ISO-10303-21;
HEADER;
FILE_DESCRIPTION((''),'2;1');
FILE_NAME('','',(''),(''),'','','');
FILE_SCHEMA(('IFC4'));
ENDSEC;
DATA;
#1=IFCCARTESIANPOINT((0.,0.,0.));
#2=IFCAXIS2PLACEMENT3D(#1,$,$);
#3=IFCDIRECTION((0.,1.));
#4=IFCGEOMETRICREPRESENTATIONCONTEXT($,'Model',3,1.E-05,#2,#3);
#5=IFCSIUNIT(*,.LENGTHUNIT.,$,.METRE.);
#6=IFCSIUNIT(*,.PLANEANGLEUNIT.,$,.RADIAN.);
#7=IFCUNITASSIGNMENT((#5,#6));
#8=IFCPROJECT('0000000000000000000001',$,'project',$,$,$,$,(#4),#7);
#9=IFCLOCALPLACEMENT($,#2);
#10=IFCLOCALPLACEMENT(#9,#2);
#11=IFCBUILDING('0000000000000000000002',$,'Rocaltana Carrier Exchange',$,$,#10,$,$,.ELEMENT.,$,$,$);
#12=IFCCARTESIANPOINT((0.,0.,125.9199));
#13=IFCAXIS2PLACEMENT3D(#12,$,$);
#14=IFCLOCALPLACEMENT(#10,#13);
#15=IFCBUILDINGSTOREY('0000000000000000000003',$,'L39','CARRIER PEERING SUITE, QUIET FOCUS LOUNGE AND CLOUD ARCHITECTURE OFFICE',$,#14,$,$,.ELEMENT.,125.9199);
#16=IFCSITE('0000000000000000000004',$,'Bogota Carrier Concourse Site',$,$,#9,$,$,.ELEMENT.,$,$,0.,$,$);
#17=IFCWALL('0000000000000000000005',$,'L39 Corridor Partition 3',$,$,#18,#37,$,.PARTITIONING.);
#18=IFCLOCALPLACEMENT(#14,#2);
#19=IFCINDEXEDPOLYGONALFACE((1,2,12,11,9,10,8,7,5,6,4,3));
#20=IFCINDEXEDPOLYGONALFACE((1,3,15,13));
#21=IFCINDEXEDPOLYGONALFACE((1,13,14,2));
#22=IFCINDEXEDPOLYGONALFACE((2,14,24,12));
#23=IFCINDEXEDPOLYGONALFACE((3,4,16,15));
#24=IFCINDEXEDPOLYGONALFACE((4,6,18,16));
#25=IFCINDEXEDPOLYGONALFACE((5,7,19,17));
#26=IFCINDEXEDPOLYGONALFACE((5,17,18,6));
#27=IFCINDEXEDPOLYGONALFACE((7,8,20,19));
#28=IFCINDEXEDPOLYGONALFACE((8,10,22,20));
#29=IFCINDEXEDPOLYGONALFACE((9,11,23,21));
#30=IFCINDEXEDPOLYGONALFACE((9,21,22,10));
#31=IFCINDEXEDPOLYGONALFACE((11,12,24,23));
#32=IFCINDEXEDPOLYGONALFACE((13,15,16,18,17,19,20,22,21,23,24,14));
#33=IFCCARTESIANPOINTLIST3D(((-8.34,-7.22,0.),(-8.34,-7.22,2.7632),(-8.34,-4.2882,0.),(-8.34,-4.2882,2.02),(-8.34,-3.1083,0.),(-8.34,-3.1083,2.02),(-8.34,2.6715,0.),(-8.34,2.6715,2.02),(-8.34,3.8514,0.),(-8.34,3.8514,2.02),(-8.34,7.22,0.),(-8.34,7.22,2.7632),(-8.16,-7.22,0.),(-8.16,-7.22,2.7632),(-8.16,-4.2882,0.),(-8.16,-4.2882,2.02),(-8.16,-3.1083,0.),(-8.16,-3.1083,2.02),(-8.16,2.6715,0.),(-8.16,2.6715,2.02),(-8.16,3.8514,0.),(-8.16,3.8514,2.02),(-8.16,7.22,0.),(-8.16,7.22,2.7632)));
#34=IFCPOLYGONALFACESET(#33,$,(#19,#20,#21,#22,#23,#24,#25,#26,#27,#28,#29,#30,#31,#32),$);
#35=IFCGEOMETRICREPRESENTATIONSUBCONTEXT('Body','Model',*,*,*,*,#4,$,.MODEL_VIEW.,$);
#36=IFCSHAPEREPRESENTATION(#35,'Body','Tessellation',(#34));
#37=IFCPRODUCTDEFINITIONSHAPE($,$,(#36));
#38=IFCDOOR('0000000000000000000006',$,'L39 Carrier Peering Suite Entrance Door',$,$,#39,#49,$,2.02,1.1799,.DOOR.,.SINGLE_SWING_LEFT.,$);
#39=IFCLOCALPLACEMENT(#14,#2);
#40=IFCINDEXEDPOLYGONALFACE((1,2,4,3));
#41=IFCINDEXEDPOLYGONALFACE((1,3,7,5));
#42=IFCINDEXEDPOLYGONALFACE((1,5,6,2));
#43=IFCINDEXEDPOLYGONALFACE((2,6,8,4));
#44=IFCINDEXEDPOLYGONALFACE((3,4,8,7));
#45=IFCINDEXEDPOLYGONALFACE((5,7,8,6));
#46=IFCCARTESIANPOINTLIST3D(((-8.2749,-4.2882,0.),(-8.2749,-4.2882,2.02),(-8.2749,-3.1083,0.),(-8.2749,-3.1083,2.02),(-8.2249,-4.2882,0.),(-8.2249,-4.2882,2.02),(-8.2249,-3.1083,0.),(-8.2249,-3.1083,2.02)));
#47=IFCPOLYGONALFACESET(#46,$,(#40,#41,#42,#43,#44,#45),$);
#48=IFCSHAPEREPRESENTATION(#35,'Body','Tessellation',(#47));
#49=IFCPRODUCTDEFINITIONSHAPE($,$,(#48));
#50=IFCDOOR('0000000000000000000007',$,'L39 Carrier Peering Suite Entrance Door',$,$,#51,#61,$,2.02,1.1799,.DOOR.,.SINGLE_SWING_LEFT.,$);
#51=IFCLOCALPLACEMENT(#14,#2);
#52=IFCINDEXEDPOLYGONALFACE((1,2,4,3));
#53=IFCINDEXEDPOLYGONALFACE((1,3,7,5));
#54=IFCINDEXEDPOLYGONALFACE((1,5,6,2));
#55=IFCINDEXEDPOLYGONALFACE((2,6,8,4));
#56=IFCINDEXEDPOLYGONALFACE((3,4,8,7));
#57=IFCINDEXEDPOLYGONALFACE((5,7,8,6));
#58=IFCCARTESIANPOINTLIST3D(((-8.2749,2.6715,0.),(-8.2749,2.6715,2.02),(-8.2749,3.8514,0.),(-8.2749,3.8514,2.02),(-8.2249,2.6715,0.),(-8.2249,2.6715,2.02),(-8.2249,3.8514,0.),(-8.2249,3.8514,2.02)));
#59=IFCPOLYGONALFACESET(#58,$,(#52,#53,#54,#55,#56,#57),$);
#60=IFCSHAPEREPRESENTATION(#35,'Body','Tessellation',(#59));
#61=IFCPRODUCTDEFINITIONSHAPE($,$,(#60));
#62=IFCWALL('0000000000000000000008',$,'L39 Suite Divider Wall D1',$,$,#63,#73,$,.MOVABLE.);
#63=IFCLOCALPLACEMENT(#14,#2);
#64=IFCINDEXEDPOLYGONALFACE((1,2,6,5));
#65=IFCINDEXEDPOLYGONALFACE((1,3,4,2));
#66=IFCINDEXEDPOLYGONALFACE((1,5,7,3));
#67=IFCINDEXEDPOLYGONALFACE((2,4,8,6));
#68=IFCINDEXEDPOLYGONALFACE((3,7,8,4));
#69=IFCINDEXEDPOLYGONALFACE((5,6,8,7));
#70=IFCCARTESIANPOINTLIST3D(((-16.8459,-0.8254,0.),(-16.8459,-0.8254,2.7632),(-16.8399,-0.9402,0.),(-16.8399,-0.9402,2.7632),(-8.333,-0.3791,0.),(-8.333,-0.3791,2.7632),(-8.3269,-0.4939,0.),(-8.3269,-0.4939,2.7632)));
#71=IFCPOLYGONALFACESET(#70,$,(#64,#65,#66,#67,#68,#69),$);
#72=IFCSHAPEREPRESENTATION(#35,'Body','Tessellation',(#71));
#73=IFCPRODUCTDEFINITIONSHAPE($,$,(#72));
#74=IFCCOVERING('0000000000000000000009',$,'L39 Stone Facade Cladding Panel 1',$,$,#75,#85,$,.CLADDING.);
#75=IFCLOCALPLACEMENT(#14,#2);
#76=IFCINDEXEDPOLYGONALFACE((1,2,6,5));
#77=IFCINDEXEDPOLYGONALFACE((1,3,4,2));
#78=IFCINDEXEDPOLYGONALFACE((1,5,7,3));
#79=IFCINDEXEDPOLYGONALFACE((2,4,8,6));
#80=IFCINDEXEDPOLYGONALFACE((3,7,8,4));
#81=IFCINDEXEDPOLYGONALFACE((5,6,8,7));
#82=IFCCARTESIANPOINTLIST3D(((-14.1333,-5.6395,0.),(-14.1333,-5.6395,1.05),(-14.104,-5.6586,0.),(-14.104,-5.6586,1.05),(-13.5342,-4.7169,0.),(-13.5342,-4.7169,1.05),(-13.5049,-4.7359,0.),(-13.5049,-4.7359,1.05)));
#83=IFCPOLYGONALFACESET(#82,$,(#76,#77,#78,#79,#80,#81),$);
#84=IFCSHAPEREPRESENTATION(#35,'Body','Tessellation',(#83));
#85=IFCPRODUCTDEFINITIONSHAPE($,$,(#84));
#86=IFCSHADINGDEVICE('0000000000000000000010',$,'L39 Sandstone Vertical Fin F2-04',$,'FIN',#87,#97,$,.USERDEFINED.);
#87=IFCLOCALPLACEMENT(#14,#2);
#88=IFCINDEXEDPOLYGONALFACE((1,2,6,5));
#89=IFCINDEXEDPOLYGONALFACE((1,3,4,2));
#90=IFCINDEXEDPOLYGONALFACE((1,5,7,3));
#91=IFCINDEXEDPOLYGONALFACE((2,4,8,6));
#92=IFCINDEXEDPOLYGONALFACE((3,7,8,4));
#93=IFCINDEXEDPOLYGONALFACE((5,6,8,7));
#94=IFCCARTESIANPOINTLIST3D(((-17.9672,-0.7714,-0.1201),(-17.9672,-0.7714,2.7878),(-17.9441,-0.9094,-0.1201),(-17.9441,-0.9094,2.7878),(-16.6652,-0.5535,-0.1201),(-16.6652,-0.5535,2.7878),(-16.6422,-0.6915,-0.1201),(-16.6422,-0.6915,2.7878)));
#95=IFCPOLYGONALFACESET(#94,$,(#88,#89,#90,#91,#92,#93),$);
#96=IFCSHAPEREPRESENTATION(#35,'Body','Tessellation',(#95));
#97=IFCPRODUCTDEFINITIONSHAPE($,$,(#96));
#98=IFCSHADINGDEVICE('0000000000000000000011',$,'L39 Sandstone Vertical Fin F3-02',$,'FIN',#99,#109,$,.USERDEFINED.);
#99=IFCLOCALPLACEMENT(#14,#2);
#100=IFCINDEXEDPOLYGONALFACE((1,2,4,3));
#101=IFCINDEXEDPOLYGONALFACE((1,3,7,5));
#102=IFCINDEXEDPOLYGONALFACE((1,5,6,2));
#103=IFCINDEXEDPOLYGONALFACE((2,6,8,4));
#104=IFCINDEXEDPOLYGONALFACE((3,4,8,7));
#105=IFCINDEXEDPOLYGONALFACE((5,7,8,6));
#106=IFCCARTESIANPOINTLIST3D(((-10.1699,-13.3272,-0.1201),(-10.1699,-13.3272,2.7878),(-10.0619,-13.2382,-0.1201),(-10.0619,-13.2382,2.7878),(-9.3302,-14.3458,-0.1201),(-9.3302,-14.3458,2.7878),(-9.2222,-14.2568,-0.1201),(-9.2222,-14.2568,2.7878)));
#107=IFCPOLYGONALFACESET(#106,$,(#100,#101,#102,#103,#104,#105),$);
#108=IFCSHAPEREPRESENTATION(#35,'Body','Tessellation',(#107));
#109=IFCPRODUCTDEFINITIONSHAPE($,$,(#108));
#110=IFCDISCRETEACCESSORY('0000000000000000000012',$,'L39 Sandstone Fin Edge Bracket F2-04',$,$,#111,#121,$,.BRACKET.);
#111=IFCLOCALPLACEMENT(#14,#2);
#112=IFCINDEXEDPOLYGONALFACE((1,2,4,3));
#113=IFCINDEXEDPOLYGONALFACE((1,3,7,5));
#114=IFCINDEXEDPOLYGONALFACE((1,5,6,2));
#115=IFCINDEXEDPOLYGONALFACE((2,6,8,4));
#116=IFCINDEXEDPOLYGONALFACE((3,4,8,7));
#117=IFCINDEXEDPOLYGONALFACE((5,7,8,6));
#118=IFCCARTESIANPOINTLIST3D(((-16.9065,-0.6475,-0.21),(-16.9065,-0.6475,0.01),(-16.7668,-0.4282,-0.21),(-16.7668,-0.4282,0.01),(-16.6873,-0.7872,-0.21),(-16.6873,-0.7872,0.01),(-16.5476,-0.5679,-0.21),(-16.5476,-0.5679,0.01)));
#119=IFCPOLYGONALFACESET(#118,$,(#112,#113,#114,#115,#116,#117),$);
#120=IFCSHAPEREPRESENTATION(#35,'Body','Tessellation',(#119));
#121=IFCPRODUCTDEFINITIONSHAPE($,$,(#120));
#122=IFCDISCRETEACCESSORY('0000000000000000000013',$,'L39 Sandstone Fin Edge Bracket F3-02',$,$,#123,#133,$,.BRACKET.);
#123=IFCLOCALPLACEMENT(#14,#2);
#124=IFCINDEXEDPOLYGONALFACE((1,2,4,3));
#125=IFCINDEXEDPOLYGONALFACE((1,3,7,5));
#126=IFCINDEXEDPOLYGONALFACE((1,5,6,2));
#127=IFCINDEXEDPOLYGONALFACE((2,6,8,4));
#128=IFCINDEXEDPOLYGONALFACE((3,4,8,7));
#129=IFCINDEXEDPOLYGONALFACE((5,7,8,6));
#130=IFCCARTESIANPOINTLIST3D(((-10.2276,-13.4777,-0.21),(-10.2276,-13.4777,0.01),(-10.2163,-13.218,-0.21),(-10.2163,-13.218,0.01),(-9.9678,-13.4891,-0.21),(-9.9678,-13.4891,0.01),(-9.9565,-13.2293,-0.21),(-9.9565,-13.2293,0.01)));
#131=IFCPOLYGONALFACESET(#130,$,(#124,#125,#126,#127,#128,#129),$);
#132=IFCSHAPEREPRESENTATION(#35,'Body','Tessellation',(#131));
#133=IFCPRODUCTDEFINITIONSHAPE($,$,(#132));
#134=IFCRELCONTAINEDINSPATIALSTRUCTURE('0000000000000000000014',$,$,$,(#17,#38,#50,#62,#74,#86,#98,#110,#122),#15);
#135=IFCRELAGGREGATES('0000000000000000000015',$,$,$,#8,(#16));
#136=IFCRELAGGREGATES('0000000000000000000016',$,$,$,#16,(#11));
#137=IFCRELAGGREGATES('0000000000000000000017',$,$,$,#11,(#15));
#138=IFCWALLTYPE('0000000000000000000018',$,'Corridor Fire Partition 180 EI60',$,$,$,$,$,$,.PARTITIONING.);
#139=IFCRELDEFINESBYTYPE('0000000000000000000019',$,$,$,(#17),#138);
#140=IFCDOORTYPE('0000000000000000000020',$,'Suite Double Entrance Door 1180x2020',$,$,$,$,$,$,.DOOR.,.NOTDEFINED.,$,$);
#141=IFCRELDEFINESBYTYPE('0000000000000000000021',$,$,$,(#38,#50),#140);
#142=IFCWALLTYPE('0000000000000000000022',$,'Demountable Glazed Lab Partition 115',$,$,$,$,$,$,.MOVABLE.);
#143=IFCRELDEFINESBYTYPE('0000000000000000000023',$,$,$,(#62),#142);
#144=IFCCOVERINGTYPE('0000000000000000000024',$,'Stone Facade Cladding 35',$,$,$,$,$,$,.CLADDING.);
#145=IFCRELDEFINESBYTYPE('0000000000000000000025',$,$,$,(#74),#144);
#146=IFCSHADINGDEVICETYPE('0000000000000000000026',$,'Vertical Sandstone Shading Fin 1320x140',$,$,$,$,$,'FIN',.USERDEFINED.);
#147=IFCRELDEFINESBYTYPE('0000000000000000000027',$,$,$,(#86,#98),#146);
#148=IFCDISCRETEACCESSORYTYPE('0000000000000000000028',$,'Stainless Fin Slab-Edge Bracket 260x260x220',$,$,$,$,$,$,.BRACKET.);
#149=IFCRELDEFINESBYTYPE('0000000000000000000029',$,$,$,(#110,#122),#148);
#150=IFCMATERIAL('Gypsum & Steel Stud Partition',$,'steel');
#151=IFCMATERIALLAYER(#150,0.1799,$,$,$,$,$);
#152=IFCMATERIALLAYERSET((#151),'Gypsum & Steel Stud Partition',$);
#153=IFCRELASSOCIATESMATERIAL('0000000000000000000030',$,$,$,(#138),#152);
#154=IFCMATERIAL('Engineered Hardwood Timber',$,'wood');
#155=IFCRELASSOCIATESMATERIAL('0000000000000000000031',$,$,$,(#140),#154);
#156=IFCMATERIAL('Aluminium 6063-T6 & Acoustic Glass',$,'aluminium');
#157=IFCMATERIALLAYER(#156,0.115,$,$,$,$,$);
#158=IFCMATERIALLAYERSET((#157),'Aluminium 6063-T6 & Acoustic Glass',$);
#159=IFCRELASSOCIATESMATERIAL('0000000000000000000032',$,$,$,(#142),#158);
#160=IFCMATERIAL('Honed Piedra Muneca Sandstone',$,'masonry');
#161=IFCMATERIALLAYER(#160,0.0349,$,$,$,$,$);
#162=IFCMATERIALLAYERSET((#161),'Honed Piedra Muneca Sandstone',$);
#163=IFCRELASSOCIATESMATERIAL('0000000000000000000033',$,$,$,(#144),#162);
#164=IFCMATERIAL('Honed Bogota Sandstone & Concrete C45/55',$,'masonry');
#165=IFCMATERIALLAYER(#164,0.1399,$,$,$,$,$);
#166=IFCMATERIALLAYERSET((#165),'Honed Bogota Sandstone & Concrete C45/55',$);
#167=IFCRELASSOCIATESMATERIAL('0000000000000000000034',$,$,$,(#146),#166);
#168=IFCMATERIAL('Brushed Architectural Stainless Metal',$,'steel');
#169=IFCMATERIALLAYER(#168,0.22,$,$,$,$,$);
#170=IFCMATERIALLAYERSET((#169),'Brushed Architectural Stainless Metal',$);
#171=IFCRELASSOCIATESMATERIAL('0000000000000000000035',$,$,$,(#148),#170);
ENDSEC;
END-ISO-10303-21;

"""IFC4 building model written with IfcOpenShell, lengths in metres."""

from ifc_helpers import new_model, si_unit, direction, frame, frame_2d, origin, origin_2d, place, context, subcontext, project, spatial, rectangle, extrude, material, layer, layer_set, type_object, element, fill, save


model = new_model("IFC4")

# Units and contexts
model_context = context("Model", 3, precision=1e-05, world=origin(), true_north=direction((0.0, 1.0)))
body_context = subcontext(model_context, "Body", "Model", "MODEL_VIEW")
ifc_project = project(units=[si_unit("LENGTHUNIT", "METRE"), si_unit("PLANEANGLEUNIT", "RADIAN")], contexts=[model_context])

# Site, building, storey
site_placement = place(None, origin())
site = spatial("IfcSite", under=ifc_project, at=site_placement, Name="Bogota Carrier Concourse Site", CompositionType="ELEMENT", RefElevation=0.0)
building_placement = place(site_placement, origin())
building = spatial("IfcBuilding", under=site, at=building_placement, Name="Rocaltana Carrier Exchange", CompositionType="ELEMENT")
storey_placement = place(building_placement, frame((0.0, 0.0, 125.9199)))
storey = spatial("IfcBuildingStorey", under=building, at=storey_placement, Name="L39", Description="CARRIER PEERING SUITE, QUIET FOCUS LOUNGE AND CLOUD ARCHITECTURE OFFICE", CompositionType="ELEMENT", Elevation=125.9199)

# Shared definitions
ifc_material_1 = material(Name="Gypsum & Steel Stud Partition", Category="steel")
ifc_layer_1 = layer(ifc_material_1, 0.1799)
ifc_layer_set_1 = layer_set([ifc_layer_1], Name="Gypsum & Steel Stud Partition")
wall_type_1 = type_object("IfcWallType", Name="Corridor Fire Partition 180 EI60", PredefinedType="PARTITIONING", material=ifc_layer_set_1)

# Wall, openings, doors
wall_1_placement = place(storey_placement, frame((-8.25, -7.22, 0.0), z_axis=(0.0, 0.0, 1.0), x_axis=(0.0, 1.0, 0.0)))
wall_1 = element("IfcWall", 1, at=wall_1_placement, inside=storey, type_object=wall_type_1, Name="L39 Corridor Partition 3", PredefinedType="PARTITIONING", context=body_context, shape_type="SweptSolid", body=[
    extrude(rectangle(XDim=14.4399, YDim=0.1799, at=frame_2d((7.22, 0.0))), origin(), (0.0, 0.0, 1.0), 2.7632),
])
opening_1_placement = place(wall_1_placement, frame((2.9319, 0.0, 0.0)))
opening_1 = element("IfcOpeningElement", 2, at=opening_1_placement, cuts=wall_1, PredefinedType="OPENING", context=body_context, shape_type="SweptSolid", body=[
    extrude(rectangle(XDim=1.1799, YDim=2.02, at=frame_2d((0.5898, 1.01))), frame((0.0, 0.0999, 0.0), z_axis=(0.0, -1.0, 0.0), x_axis=(1.0, 0.0, 0.0)), (0.0, 0.0, 1.0), 0.2),
])
opening_2_placement = place(wall_1_placement, frame((9.8916, 0.0, 0.0)))
opening_2 = element("IfcOpeningElement", 3, at=opening_2_placement, cuts=wall_1, PredefinedType="OPENING", context=body_context, shape_type="SweptSolid", body=[
    extrude(rectangle(XDim=1.1799, YDim=2.02, at=frame_2d((0.5898, 1.01))), frame((0.0, 0.0999, 0.0), z_axis=(0.0, -1.0, 0.0), x_axis=(1.0, 0.0, 0.0)), (0.0, 0.0, 1.0), 0.2),
])
ifc_material_2 = material(Name="Engineered Hardwood Timber", Category="wood")
door_type = type_object("IfcDoorType", Name="Suite Double Entrance Door 1180x2020", OperationType="NOTDEFINED", PredefinedType="DOOR", material=ifc_material_2)
door_1_placement = place(opening_1_placement, origin())
door_1 = element("IfcDoor", 4, at=door_1_placement, inside=storey, type_object=door_type, Name="L39 Carrier Peering Suite Entrance Door", OperationType="SINGLE_SWING_LEFT", OverallHeight=2.02, OverallWidth=1.1799, PredefinedType="DOOR", context=body_context, shape_type="SweptSolid", body=[
    extrude(rectangle(XDim=1.1799, YDim=2.02, at=frame_2d((0.5898, 1.01))), frame((0.0, 0.0249, 0.0), z_axis=(0.0, -1.0, 0.0), x_axis=(1.0, 0.0, 0.0)), (0.0, 0.0, 1.0), 0.05),
])
fill(opening_1, door_1)
door_2_placement = place(opening_2_placement, origin())
door_2 = element("IfcDoor", 5, at=door_2_placement, inside=storey, type_object=door_type, Name="L39 Carrier Peering Suite Entrance Door", OperationType="SINGLE_SWING_LEFT", OverallHeight=2.02, OverallWidth=1.1799, PredefinedType="DOOR", context=body_context, shape_type="SweptSolid", body=[
    extrude(rectangle(XDim=1.1799, YDim=2.02, at=frame_2d((0.5898, 1.01))), frame((0.0, 0.0249, 0.0), z_axis=(0.0, -1.0, 0.0), x_axis=(1.0, 0.0, 0.0)), (0.0, 0.0, 1.0), 0.05),
])
fill(opening_2, door_2)

# Wall
ifc_material_3 = material(Name="Aluminium 6063-T6 & Acoustic Glass", Category="aluminium")
ifc_layer_2 = layer(ifc_material_3, 0.115)
ifc_layer_set_2 = layer_set([ifc_layer_2], Name="Aluminium 6063-T6 & Acoustic Glass")
wall_type_2 = type_object("IfcWallType", Name="Demountable Glazed Lab Partition 115", PredefinedType="MOVABLE", material=ifc_layer_set_2)
wall_2_placement = place(storey_placement, frame((-8.3301, -0.4365, 0.0), z_axis=(0.0, 0.0, 1.0), x_axis=(-0.998629, -0.052353, 0.0)))
element("IfcWall", 6, at=wall_2_placement, inside=storey, type_object=wall_type_2, Name="L39 Suite Divider Wall D1", PredefinedType="MOVABLE", context=body_context, shape_type="SweptSolid", body=[
    extrude(rectangle(XDim=8.5247, YDim=0.115, at=frame_2d((4.2622, 0.0))), origin(), (0.0, 0.0, 1.0), 2.7632),
])

# Covering
ifc_material_4 = material(Name="Honed Piedra Muneca Sandstone", Category="masonry")
ifc_layer_3 = layer(ifc_material_4, 0.0349)
ifc_layer_set_3 = layer_set([ifc_layer_3], Name="Honed Piedra Muneca Sandstone")
covering_type = type_object("IfcCoveringType", Name="Stone Facade Cladding 35", PredefinedType="CLADDING", material=ifc_layer_set_3)
covering_placement = place(storey_placement, frame((-13.8191, -5.1877, 0.0), z_axis=(0.0, 0.0, 1.0), x_axis=(0.544639, 0.838671, 0.0)))
element("IfcCovering", 7, at=covering_placement, inside=storey, type_object=covering_type, Name="L39 Stone Facade Cladding Panel 1", PredefinedType="CLADDING", context=body_context, shape_type="SweptSolid", body=[
    extrude(rectangle(XDim=1.1001, YDim=0.0349, at=origin_2d()), origin(), (0.0, 0.0, 1.0), 1.05),
])

# Shading devices
ifc_material_5 = material(Name="Honed Bogota Sandstone & Concrete C45/55", Category="masonry")
ifc_layer_4 = layer(ifc_material_5, 0.1399)
ifc_layer_set_4 = layer_set([ifc_layer_4], Name="Honed Bogota Sandstone & Concrete C45/55")
shading_device_type = type_object("IfcShadingDeviceType", Name="Vertical Sandstone Shading Fin 1320x140", ElementType="FIN", PredefinedType="USERDEFINED", material=ifc_layer_set_4)
for number, where, z_axis, x_axis, name in (
    (8, (-17.3047, -0.7314, -0.1201), (0.0, 0.0, 1.0), (-0.986286, -0.165048, 0.0), "L39 Sandstone Vertical Fin F2-04"),
    (9, (-9.696, -13.792, -0.1201), (0.0, 0.0, 1.0), (0.636078, -0.771625, 0.0), "L39 Sandstone Vertical Fin F3-02"),
):
    element("IfcShadingDevice", number, at=place(storey_placement, frame(where, z_axis=z_axis, x_axis=x_axis)), inside=storey, type_object=shading_device_type, Name=name, ObjectType="FIN", PredefinedType="USERDEFINED", context=body_context, shape_type="SweptSolid", body=[
        extrude(rectangle(XDim=1.3201, YDim=0.1399, at=origin_2d()), origin(), (0.0, 0.0, 1.0), 2.908),
    ])

# Discrete accessories
ifc_material_6 = material(Name="Brushed Architectural Stainless Metal", Category="steel")
ifc_layer_5 = layer(ifc_material_6, 0.22)
ifc_layer_set_5 = layer_set([ifc_layer_5], Name="Brushed Architectural Stainless Metal")
discrete_accessory_type = type_object("IfcDiscreteAccessoryType", Name="Stainless Fin Slab-Edge Bracket 260x260x220", PredefinedType="BRACKET", material=ifc_layer_set_5)
for number, where, z_axis, x_axis, name in (
    (10, (-16.7271, -0.6077, -0.21), (0.0, 0.0, 1.0), (-0.5373, -0.843391, 0.0), "L39 Sandstone Fin Edge Bracket F2-04"),
    (11, (-10.092, -13.3535, -0.21), (0.0, 0.0, 1.0), (0.999048, -0.043619, 0.0), "L39 Sandstone Fin Edge Bracket F3-02"),
):
    element("IfcDiscreteAccessory", number, at=place(storey_placement, frame(where, z_axis=z_axis, x_axis=x_axis)), inside=storey, type_object=discrete_accessory_type, Name=name, PredefinedType="BRACKET", context=body_context, shape_type="SweptSolid", body=[
        extrude(rectangle(XDim=0.26, YDim=0.26, at=origin_2d()), origin(), (0.0, 0.0, 1.0), 0.22),
    ])

save(model, "model.ifc")
